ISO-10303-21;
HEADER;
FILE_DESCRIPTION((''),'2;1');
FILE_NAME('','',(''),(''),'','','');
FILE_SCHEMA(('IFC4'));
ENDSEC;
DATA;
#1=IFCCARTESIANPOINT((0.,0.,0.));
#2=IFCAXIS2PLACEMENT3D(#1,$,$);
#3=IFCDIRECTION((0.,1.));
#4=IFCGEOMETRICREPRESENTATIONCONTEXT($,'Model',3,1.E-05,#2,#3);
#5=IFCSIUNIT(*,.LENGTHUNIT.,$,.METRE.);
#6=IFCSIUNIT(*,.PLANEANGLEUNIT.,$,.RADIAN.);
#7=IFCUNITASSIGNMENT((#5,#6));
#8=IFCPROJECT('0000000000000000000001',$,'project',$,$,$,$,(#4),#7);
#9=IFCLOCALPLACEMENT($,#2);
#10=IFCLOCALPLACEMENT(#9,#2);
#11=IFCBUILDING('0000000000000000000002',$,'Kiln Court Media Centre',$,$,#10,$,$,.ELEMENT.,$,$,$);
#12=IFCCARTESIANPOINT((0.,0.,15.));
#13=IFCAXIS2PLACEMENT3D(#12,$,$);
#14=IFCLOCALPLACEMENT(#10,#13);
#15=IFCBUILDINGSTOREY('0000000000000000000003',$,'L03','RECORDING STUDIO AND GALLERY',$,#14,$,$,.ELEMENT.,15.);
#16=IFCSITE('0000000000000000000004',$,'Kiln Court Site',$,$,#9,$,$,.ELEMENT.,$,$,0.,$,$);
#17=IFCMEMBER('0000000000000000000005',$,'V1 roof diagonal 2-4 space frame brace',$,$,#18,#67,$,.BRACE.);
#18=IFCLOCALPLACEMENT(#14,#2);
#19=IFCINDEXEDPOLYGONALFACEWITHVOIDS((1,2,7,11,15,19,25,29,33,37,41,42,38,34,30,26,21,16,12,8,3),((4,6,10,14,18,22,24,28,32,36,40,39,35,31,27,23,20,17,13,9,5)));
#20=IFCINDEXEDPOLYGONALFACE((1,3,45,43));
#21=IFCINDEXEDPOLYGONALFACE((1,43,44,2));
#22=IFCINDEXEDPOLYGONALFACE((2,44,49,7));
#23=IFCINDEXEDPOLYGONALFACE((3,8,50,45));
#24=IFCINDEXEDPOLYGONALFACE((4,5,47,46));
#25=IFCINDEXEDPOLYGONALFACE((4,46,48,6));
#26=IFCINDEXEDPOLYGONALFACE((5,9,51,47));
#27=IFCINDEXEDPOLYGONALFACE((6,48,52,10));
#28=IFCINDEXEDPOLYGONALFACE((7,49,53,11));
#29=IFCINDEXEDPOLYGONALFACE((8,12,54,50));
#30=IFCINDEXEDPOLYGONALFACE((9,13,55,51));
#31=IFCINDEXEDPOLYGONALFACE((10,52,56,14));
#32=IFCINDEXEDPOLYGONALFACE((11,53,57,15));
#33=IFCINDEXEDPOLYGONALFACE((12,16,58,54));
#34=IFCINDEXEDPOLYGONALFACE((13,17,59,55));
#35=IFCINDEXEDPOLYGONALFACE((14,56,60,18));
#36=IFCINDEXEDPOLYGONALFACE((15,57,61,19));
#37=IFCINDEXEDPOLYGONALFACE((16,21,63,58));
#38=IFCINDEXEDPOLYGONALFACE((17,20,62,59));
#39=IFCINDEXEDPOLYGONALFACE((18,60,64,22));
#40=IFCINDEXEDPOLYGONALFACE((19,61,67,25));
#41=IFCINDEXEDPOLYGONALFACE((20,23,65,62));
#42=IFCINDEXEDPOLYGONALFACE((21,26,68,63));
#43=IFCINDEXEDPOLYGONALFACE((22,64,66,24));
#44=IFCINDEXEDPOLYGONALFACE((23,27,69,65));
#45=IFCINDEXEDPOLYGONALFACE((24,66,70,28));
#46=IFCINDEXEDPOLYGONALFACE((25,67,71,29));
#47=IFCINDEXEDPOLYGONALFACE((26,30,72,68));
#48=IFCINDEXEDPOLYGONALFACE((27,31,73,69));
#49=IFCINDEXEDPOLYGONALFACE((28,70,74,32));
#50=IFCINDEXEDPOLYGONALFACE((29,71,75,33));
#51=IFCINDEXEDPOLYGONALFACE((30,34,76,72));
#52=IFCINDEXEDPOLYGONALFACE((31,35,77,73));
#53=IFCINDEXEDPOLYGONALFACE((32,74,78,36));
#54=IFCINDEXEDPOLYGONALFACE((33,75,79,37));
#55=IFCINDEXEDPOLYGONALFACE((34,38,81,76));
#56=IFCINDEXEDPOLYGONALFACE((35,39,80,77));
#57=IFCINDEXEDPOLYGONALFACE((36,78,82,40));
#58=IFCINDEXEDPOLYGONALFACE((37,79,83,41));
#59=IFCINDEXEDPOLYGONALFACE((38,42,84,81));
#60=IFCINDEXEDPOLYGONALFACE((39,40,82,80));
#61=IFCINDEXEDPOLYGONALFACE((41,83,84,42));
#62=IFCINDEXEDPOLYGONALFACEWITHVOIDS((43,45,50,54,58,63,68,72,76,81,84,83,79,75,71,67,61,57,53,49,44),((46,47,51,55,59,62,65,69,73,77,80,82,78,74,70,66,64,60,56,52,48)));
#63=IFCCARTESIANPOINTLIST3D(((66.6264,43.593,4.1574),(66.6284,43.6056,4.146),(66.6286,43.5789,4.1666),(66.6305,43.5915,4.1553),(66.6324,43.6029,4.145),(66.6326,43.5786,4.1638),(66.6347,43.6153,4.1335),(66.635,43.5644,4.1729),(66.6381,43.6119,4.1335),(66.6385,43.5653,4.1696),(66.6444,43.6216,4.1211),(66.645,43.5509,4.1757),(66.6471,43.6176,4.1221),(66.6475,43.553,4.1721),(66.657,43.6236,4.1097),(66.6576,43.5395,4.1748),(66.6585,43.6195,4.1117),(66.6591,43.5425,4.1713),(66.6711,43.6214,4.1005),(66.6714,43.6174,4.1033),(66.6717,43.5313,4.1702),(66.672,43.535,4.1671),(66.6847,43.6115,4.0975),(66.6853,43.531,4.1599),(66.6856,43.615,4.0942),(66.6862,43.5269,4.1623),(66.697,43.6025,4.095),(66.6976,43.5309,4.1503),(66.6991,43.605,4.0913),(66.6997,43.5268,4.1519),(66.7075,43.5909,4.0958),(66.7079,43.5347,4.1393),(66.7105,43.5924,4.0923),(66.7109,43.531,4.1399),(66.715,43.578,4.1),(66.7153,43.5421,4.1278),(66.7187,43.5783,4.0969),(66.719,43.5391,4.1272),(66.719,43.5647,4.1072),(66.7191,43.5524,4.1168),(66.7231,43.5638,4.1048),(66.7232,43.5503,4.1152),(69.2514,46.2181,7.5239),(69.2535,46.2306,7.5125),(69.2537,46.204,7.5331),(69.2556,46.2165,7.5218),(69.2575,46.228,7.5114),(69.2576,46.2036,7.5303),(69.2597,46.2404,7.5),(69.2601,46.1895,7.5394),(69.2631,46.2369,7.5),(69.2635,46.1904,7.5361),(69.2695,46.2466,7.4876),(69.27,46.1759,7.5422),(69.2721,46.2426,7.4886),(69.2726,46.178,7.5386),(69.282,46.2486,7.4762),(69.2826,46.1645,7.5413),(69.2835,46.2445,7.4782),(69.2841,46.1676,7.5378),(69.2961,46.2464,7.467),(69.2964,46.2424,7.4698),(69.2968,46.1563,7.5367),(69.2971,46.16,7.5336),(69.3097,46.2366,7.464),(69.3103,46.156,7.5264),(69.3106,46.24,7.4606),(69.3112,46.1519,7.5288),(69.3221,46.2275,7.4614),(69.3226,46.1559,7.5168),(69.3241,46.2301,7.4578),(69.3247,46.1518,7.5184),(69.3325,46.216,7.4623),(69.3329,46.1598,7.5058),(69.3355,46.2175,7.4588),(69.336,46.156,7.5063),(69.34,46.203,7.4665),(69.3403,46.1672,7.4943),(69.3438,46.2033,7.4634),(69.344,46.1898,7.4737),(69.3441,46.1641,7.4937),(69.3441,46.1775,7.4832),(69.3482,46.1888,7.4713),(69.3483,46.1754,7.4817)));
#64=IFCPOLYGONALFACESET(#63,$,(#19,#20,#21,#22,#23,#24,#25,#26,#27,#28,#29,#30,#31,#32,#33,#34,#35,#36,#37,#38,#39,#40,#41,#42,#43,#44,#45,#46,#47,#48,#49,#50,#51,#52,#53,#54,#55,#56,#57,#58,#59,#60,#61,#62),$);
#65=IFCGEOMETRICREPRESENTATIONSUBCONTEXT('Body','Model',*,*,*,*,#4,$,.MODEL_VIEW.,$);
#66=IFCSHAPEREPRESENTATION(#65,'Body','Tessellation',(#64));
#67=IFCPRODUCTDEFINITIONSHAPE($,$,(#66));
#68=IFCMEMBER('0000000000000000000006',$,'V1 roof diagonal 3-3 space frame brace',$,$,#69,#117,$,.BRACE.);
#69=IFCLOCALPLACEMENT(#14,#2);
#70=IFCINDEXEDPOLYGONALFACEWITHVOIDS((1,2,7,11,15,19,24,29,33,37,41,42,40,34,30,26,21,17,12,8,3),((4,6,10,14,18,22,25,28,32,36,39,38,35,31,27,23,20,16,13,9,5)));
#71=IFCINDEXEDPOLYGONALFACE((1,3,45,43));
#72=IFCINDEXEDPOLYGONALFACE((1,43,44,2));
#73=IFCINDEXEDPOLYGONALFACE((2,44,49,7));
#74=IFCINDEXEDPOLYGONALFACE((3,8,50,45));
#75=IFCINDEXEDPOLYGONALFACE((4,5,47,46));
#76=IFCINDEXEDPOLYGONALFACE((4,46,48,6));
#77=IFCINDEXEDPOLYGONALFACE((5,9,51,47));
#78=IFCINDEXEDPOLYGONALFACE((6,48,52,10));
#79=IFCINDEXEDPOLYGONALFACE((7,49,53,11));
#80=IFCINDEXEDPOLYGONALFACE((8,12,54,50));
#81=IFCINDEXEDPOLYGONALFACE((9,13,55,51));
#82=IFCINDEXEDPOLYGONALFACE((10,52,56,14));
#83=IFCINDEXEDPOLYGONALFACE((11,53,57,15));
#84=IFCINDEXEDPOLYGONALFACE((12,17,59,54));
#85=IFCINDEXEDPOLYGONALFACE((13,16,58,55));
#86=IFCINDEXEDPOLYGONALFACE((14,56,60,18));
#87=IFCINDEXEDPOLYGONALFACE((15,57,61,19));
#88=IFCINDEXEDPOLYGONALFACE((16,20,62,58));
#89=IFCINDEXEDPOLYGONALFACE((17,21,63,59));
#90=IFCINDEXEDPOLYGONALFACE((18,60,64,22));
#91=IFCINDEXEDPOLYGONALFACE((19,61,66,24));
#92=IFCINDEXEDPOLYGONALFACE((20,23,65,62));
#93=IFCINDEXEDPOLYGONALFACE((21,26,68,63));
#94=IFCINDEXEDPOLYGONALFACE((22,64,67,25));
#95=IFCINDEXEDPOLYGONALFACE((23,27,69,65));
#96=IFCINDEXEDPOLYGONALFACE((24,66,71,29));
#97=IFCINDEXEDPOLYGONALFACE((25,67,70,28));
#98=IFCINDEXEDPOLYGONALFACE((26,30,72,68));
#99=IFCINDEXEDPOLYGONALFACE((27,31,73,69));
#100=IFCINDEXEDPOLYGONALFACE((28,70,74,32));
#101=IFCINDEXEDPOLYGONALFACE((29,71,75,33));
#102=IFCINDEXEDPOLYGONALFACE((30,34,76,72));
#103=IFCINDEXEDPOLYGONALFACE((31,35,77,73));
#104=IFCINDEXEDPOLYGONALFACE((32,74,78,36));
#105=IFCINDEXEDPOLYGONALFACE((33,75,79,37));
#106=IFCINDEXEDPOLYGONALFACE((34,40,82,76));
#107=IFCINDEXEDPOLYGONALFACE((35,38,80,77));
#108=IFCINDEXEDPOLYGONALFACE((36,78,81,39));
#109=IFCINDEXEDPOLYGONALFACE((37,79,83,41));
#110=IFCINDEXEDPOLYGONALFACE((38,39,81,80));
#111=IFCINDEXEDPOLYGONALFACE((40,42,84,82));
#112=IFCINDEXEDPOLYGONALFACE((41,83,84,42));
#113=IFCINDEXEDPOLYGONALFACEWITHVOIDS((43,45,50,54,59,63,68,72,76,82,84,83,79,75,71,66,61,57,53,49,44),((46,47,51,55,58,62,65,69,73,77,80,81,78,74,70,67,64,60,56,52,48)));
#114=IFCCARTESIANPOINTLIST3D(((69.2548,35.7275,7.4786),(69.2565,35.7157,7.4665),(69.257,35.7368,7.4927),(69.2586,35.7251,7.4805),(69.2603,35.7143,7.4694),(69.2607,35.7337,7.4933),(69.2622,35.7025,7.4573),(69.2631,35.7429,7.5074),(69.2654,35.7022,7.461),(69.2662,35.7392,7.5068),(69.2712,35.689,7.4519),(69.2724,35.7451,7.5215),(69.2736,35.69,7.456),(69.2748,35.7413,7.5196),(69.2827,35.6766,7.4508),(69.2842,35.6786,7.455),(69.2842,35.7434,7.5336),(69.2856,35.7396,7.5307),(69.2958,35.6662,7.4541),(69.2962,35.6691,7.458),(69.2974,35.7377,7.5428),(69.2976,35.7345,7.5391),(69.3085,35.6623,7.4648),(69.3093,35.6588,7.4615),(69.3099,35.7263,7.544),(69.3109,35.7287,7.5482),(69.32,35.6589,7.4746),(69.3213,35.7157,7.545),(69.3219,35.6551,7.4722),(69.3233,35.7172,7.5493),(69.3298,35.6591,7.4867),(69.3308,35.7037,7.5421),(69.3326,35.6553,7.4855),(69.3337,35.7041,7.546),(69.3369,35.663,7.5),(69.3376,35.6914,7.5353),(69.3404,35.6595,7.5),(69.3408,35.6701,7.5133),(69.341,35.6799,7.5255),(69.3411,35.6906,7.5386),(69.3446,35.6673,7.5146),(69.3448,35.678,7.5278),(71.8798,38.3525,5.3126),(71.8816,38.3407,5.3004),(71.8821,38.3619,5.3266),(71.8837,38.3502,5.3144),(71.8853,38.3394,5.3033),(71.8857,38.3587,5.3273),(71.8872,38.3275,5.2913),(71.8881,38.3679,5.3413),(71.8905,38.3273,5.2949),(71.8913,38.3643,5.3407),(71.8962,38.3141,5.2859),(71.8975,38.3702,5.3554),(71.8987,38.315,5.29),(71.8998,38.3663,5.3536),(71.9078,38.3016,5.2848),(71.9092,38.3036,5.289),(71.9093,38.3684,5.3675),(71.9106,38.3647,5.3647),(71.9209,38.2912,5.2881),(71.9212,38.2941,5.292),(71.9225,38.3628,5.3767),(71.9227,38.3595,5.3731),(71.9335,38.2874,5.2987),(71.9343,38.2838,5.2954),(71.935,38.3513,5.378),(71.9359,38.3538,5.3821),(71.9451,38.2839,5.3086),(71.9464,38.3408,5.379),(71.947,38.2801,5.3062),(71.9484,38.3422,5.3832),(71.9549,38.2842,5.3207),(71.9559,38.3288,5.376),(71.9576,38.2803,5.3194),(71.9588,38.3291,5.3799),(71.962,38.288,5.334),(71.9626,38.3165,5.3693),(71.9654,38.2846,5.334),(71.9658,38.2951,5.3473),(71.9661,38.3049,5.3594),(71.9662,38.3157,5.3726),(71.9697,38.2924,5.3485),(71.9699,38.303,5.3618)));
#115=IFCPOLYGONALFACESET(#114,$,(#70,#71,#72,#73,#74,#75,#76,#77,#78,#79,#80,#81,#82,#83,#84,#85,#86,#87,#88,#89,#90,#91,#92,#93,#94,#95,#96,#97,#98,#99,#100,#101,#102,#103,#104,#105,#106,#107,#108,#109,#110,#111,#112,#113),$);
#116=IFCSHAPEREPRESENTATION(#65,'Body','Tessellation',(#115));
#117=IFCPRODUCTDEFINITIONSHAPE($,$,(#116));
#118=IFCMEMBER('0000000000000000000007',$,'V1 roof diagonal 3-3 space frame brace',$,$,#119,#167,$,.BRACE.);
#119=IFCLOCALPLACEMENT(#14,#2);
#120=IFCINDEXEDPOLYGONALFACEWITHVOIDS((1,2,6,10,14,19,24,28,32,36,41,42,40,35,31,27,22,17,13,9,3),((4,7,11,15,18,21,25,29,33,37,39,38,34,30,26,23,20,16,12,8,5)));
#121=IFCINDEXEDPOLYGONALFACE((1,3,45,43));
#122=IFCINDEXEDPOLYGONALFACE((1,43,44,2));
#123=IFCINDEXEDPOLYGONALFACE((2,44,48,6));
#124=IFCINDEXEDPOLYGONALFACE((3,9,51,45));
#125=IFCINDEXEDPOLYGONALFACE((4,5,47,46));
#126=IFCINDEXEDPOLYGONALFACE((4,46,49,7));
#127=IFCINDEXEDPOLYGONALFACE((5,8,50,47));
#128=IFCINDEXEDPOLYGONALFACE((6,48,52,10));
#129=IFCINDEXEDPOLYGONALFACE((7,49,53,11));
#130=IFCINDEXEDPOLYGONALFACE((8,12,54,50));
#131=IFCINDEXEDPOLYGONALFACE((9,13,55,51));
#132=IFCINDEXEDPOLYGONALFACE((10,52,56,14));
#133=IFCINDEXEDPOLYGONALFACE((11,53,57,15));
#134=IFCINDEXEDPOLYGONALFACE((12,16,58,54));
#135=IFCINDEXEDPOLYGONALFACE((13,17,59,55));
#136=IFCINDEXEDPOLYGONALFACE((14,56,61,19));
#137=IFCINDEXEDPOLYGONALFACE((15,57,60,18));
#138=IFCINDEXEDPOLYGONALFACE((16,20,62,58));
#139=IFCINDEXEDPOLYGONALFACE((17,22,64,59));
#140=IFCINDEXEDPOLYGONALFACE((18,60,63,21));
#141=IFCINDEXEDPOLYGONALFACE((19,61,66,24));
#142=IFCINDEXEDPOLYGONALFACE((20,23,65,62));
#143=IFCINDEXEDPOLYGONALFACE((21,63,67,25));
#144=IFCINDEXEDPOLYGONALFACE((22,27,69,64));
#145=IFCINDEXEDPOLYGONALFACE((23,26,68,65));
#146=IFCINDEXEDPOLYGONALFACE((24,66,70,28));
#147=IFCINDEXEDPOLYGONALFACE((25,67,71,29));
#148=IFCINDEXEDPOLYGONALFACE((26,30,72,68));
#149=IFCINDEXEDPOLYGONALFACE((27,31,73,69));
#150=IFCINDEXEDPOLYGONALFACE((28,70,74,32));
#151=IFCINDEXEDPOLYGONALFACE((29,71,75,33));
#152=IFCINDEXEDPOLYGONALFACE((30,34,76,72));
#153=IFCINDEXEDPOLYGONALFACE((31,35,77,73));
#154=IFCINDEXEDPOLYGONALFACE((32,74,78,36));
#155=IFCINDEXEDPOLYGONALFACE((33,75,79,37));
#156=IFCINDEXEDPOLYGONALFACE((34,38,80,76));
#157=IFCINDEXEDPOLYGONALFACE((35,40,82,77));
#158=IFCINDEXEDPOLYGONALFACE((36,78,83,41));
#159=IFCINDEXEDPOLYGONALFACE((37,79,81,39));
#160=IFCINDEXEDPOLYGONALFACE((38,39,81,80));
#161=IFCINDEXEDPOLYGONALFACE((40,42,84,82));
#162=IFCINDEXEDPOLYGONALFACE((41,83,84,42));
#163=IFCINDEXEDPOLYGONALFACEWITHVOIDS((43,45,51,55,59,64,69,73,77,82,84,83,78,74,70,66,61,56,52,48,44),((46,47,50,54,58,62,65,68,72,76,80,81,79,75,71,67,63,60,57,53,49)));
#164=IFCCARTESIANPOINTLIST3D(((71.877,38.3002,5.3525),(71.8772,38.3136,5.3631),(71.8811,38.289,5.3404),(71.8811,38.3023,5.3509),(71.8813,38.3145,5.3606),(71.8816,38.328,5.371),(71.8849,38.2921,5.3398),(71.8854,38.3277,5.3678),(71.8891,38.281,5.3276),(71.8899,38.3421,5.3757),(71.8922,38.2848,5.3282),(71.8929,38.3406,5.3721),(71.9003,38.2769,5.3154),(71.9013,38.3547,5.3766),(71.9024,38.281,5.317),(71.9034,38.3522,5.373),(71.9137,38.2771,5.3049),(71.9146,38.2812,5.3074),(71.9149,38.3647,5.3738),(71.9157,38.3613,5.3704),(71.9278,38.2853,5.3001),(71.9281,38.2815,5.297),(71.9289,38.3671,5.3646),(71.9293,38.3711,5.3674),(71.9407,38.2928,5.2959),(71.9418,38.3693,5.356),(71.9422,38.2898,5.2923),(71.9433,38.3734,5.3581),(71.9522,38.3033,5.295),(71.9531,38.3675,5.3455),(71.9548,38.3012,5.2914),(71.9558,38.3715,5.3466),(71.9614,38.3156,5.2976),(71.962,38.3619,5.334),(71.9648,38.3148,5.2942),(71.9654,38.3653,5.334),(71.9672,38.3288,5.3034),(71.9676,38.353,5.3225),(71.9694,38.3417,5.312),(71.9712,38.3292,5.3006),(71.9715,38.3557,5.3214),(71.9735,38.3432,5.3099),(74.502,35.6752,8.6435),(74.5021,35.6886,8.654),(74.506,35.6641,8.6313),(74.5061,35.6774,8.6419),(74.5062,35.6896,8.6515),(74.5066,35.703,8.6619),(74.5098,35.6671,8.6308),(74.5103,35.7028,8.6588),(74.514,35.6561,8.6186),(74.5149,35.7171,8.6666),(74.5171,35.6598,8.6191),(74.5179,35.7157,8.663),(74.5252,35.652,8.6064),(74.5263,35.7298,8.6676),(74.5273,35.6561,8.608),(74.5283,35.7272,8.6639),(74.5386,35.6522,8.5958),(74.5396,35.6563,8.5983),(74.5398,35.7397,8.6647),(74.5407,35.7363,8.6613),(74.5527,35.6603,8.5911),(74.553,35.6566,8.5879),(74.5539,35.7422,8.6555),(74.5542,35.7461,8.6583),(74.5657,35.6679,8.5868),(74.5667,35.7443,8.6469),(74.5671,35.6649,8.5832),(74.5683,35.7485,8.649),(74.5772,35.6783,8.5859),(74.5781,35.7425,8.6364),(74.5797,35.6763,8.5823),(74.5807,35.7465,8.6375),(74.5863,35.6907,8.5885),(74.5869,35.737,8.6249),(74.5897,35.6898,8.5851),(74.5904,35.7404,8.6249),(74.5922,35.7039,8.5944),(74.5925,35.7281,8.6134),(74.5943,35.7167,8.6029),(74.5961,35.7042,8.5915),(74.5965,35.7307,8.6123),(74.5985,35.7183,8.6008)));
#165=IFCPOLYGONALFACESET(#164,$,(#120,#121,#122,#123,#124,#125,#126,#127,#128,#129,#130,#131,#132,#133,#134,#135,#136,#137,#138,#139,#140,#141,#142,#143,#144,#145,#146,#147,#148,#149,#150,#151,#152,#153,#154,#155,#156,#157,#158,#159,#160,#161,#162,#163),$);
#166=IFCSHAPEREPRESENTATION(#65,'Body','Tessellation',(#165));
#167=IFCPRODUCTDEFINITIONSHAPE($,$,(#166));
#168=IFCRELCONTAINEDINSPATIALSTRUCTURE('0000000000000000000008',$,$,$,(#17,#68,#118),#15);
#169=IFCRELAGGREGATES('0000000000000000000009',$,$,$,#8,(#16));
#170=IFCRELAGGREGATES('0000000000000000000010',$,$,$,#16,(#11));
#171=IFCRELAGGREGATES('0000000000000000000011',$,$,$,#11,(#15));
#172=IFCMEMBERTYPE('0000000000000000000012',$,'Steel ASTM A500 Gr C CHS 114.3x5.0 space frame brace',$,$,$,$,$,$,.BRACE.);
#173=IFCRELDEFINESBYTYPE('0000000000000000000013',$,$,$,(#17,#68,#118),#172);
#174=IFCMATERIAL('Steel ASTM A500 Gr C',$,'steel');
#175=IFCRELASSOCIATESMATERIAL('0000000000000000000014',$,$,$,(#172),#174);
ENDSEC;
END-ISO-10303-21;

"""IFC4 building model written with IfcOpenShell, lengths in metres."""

from ifc_helpers import new_model, si_unit, direction, frame, origin, origin_2d, place, context, subcontext, project, spatial, hollow_circle, extrude, material, material_profile, profile_set, type_object, element, save


model = new_model("IFC4")

# Units and contexts
model_context = context("Model", 3, precision=1e-05, world=origin(), true_north=direction((0.0, 1.0)))
body_context = subcontext(model_context, "Body", "Model", "MODEL_VIEW")
ifc_project = project(units=[si_unit("LENGTHUNIT", "METRE"), si_unit("PLANEANGLEUNIT", "RADIAN")], contexts=[model_context])

# Site, building, storey
site_placement = place(None, origin())
site = spatial("IfcSite", under=ifc_project, at=site_placement, Name="Kiln Court Site", CompositionType="ELEMENT", RefElevation=0.0)
building_placement = place(site_placement, origin())
building = spatial("IfcBuilding", under=site, at=building_placement, Name="Kiln Court Media Centre", CompositionType="ELEMENT")
storey_placement = place(building_placement, frame((0.0, 0.0, 15.0)))
storey = spatial("IfcBuildingStorey", under=building, at=storey_placement, Name="L03", Description="RECORDING STUDIO AND GALLERY", CompositionType="ELEMENT", Elevation=15.0)

# Members
ifc_material_1 = material(Name="Steel ASTM A500 Gr C", Category="steel")
ifc_material_profile_1 = material_profile(ifc_material_1, hollow_circle(Radius=0.0571, WallThickness=0.0049, at=origin_2d()), Name="CHS 114.3x5.0")
ifc_profile_set_1 = profile_set([ifc_material_profile_1], Name="Steel ASTM A500 Gr C")
member_type_1 = type_object("IfcMemberType", Name="Steel ASTM A500 Gr C CHS 114.3x5.0 space frame brace", PredefinedType="BRACE", material=ifc_profile_set_1)
member_1_placement = place(storey_placement, frame((66.675, 43.575, 4.1335), z_axis=(0.523804, 0.523804, 0.671758), x_axis=(-0.707107, 0.707107, 0.0)))
element("IfcMember", 1, at=member_1_placement, inside=storey, type_object=member_type_1, Name="V1 roof diagonal 2-4 space frame brace", PredefinedType="BRACE", context=body_context, shape_type="SweptSolid", body=[
    extrude(hollow_circle(Radius=0.0571, WallThickness=0.0049, at=origin_2d()), origin(), (0.0, 0.0, 1.0), 5.0115),
])
member_2_placement = place(storey_placement, frame((71.925, 38.325, 5.334), z_axis=(-0.610748, -0.610748, 0.503958), x_axis=(0.707107, -0.707107, 0.0)))
element("IfcMember", 2, at=member_2_placement, inside=storey, type_object=member_type_1, Name="V1 roof diagonal 3-3 space frame brace", PredefinedType="BRACE", context=body_context, shape_type="SweptSolid", body=[
    extrude(hollow_circle(Radius=0.0571, WallThickness=0.0049, at=origin_2d()), origin(), (0.0, 0.0, 1.0), 4.2981),
])
member_3_placement = place(storey_placement, frame((71.925, 38.325, 5.334), z_axis=(0.529122, -0.529122, 0.663371), x_axis=(0.707107, 0.707107, 0.0)))
element("IfcMember", 3, at=member_3_placement, inside=storey, type_object=member_type_1, Name="V1 roof diagonal 3-3 space frame brace", PredefinedType="BRACE", context=body_context, shape_type="SweptSolid", body=[
    extrude(hollow_circle(Radius=0.0571, WallThickness=0.0049, at=origin_2d()), origin(), (0.0, 0.0, 1.0), 4.9609),
])

save(model, "model.ifc")
